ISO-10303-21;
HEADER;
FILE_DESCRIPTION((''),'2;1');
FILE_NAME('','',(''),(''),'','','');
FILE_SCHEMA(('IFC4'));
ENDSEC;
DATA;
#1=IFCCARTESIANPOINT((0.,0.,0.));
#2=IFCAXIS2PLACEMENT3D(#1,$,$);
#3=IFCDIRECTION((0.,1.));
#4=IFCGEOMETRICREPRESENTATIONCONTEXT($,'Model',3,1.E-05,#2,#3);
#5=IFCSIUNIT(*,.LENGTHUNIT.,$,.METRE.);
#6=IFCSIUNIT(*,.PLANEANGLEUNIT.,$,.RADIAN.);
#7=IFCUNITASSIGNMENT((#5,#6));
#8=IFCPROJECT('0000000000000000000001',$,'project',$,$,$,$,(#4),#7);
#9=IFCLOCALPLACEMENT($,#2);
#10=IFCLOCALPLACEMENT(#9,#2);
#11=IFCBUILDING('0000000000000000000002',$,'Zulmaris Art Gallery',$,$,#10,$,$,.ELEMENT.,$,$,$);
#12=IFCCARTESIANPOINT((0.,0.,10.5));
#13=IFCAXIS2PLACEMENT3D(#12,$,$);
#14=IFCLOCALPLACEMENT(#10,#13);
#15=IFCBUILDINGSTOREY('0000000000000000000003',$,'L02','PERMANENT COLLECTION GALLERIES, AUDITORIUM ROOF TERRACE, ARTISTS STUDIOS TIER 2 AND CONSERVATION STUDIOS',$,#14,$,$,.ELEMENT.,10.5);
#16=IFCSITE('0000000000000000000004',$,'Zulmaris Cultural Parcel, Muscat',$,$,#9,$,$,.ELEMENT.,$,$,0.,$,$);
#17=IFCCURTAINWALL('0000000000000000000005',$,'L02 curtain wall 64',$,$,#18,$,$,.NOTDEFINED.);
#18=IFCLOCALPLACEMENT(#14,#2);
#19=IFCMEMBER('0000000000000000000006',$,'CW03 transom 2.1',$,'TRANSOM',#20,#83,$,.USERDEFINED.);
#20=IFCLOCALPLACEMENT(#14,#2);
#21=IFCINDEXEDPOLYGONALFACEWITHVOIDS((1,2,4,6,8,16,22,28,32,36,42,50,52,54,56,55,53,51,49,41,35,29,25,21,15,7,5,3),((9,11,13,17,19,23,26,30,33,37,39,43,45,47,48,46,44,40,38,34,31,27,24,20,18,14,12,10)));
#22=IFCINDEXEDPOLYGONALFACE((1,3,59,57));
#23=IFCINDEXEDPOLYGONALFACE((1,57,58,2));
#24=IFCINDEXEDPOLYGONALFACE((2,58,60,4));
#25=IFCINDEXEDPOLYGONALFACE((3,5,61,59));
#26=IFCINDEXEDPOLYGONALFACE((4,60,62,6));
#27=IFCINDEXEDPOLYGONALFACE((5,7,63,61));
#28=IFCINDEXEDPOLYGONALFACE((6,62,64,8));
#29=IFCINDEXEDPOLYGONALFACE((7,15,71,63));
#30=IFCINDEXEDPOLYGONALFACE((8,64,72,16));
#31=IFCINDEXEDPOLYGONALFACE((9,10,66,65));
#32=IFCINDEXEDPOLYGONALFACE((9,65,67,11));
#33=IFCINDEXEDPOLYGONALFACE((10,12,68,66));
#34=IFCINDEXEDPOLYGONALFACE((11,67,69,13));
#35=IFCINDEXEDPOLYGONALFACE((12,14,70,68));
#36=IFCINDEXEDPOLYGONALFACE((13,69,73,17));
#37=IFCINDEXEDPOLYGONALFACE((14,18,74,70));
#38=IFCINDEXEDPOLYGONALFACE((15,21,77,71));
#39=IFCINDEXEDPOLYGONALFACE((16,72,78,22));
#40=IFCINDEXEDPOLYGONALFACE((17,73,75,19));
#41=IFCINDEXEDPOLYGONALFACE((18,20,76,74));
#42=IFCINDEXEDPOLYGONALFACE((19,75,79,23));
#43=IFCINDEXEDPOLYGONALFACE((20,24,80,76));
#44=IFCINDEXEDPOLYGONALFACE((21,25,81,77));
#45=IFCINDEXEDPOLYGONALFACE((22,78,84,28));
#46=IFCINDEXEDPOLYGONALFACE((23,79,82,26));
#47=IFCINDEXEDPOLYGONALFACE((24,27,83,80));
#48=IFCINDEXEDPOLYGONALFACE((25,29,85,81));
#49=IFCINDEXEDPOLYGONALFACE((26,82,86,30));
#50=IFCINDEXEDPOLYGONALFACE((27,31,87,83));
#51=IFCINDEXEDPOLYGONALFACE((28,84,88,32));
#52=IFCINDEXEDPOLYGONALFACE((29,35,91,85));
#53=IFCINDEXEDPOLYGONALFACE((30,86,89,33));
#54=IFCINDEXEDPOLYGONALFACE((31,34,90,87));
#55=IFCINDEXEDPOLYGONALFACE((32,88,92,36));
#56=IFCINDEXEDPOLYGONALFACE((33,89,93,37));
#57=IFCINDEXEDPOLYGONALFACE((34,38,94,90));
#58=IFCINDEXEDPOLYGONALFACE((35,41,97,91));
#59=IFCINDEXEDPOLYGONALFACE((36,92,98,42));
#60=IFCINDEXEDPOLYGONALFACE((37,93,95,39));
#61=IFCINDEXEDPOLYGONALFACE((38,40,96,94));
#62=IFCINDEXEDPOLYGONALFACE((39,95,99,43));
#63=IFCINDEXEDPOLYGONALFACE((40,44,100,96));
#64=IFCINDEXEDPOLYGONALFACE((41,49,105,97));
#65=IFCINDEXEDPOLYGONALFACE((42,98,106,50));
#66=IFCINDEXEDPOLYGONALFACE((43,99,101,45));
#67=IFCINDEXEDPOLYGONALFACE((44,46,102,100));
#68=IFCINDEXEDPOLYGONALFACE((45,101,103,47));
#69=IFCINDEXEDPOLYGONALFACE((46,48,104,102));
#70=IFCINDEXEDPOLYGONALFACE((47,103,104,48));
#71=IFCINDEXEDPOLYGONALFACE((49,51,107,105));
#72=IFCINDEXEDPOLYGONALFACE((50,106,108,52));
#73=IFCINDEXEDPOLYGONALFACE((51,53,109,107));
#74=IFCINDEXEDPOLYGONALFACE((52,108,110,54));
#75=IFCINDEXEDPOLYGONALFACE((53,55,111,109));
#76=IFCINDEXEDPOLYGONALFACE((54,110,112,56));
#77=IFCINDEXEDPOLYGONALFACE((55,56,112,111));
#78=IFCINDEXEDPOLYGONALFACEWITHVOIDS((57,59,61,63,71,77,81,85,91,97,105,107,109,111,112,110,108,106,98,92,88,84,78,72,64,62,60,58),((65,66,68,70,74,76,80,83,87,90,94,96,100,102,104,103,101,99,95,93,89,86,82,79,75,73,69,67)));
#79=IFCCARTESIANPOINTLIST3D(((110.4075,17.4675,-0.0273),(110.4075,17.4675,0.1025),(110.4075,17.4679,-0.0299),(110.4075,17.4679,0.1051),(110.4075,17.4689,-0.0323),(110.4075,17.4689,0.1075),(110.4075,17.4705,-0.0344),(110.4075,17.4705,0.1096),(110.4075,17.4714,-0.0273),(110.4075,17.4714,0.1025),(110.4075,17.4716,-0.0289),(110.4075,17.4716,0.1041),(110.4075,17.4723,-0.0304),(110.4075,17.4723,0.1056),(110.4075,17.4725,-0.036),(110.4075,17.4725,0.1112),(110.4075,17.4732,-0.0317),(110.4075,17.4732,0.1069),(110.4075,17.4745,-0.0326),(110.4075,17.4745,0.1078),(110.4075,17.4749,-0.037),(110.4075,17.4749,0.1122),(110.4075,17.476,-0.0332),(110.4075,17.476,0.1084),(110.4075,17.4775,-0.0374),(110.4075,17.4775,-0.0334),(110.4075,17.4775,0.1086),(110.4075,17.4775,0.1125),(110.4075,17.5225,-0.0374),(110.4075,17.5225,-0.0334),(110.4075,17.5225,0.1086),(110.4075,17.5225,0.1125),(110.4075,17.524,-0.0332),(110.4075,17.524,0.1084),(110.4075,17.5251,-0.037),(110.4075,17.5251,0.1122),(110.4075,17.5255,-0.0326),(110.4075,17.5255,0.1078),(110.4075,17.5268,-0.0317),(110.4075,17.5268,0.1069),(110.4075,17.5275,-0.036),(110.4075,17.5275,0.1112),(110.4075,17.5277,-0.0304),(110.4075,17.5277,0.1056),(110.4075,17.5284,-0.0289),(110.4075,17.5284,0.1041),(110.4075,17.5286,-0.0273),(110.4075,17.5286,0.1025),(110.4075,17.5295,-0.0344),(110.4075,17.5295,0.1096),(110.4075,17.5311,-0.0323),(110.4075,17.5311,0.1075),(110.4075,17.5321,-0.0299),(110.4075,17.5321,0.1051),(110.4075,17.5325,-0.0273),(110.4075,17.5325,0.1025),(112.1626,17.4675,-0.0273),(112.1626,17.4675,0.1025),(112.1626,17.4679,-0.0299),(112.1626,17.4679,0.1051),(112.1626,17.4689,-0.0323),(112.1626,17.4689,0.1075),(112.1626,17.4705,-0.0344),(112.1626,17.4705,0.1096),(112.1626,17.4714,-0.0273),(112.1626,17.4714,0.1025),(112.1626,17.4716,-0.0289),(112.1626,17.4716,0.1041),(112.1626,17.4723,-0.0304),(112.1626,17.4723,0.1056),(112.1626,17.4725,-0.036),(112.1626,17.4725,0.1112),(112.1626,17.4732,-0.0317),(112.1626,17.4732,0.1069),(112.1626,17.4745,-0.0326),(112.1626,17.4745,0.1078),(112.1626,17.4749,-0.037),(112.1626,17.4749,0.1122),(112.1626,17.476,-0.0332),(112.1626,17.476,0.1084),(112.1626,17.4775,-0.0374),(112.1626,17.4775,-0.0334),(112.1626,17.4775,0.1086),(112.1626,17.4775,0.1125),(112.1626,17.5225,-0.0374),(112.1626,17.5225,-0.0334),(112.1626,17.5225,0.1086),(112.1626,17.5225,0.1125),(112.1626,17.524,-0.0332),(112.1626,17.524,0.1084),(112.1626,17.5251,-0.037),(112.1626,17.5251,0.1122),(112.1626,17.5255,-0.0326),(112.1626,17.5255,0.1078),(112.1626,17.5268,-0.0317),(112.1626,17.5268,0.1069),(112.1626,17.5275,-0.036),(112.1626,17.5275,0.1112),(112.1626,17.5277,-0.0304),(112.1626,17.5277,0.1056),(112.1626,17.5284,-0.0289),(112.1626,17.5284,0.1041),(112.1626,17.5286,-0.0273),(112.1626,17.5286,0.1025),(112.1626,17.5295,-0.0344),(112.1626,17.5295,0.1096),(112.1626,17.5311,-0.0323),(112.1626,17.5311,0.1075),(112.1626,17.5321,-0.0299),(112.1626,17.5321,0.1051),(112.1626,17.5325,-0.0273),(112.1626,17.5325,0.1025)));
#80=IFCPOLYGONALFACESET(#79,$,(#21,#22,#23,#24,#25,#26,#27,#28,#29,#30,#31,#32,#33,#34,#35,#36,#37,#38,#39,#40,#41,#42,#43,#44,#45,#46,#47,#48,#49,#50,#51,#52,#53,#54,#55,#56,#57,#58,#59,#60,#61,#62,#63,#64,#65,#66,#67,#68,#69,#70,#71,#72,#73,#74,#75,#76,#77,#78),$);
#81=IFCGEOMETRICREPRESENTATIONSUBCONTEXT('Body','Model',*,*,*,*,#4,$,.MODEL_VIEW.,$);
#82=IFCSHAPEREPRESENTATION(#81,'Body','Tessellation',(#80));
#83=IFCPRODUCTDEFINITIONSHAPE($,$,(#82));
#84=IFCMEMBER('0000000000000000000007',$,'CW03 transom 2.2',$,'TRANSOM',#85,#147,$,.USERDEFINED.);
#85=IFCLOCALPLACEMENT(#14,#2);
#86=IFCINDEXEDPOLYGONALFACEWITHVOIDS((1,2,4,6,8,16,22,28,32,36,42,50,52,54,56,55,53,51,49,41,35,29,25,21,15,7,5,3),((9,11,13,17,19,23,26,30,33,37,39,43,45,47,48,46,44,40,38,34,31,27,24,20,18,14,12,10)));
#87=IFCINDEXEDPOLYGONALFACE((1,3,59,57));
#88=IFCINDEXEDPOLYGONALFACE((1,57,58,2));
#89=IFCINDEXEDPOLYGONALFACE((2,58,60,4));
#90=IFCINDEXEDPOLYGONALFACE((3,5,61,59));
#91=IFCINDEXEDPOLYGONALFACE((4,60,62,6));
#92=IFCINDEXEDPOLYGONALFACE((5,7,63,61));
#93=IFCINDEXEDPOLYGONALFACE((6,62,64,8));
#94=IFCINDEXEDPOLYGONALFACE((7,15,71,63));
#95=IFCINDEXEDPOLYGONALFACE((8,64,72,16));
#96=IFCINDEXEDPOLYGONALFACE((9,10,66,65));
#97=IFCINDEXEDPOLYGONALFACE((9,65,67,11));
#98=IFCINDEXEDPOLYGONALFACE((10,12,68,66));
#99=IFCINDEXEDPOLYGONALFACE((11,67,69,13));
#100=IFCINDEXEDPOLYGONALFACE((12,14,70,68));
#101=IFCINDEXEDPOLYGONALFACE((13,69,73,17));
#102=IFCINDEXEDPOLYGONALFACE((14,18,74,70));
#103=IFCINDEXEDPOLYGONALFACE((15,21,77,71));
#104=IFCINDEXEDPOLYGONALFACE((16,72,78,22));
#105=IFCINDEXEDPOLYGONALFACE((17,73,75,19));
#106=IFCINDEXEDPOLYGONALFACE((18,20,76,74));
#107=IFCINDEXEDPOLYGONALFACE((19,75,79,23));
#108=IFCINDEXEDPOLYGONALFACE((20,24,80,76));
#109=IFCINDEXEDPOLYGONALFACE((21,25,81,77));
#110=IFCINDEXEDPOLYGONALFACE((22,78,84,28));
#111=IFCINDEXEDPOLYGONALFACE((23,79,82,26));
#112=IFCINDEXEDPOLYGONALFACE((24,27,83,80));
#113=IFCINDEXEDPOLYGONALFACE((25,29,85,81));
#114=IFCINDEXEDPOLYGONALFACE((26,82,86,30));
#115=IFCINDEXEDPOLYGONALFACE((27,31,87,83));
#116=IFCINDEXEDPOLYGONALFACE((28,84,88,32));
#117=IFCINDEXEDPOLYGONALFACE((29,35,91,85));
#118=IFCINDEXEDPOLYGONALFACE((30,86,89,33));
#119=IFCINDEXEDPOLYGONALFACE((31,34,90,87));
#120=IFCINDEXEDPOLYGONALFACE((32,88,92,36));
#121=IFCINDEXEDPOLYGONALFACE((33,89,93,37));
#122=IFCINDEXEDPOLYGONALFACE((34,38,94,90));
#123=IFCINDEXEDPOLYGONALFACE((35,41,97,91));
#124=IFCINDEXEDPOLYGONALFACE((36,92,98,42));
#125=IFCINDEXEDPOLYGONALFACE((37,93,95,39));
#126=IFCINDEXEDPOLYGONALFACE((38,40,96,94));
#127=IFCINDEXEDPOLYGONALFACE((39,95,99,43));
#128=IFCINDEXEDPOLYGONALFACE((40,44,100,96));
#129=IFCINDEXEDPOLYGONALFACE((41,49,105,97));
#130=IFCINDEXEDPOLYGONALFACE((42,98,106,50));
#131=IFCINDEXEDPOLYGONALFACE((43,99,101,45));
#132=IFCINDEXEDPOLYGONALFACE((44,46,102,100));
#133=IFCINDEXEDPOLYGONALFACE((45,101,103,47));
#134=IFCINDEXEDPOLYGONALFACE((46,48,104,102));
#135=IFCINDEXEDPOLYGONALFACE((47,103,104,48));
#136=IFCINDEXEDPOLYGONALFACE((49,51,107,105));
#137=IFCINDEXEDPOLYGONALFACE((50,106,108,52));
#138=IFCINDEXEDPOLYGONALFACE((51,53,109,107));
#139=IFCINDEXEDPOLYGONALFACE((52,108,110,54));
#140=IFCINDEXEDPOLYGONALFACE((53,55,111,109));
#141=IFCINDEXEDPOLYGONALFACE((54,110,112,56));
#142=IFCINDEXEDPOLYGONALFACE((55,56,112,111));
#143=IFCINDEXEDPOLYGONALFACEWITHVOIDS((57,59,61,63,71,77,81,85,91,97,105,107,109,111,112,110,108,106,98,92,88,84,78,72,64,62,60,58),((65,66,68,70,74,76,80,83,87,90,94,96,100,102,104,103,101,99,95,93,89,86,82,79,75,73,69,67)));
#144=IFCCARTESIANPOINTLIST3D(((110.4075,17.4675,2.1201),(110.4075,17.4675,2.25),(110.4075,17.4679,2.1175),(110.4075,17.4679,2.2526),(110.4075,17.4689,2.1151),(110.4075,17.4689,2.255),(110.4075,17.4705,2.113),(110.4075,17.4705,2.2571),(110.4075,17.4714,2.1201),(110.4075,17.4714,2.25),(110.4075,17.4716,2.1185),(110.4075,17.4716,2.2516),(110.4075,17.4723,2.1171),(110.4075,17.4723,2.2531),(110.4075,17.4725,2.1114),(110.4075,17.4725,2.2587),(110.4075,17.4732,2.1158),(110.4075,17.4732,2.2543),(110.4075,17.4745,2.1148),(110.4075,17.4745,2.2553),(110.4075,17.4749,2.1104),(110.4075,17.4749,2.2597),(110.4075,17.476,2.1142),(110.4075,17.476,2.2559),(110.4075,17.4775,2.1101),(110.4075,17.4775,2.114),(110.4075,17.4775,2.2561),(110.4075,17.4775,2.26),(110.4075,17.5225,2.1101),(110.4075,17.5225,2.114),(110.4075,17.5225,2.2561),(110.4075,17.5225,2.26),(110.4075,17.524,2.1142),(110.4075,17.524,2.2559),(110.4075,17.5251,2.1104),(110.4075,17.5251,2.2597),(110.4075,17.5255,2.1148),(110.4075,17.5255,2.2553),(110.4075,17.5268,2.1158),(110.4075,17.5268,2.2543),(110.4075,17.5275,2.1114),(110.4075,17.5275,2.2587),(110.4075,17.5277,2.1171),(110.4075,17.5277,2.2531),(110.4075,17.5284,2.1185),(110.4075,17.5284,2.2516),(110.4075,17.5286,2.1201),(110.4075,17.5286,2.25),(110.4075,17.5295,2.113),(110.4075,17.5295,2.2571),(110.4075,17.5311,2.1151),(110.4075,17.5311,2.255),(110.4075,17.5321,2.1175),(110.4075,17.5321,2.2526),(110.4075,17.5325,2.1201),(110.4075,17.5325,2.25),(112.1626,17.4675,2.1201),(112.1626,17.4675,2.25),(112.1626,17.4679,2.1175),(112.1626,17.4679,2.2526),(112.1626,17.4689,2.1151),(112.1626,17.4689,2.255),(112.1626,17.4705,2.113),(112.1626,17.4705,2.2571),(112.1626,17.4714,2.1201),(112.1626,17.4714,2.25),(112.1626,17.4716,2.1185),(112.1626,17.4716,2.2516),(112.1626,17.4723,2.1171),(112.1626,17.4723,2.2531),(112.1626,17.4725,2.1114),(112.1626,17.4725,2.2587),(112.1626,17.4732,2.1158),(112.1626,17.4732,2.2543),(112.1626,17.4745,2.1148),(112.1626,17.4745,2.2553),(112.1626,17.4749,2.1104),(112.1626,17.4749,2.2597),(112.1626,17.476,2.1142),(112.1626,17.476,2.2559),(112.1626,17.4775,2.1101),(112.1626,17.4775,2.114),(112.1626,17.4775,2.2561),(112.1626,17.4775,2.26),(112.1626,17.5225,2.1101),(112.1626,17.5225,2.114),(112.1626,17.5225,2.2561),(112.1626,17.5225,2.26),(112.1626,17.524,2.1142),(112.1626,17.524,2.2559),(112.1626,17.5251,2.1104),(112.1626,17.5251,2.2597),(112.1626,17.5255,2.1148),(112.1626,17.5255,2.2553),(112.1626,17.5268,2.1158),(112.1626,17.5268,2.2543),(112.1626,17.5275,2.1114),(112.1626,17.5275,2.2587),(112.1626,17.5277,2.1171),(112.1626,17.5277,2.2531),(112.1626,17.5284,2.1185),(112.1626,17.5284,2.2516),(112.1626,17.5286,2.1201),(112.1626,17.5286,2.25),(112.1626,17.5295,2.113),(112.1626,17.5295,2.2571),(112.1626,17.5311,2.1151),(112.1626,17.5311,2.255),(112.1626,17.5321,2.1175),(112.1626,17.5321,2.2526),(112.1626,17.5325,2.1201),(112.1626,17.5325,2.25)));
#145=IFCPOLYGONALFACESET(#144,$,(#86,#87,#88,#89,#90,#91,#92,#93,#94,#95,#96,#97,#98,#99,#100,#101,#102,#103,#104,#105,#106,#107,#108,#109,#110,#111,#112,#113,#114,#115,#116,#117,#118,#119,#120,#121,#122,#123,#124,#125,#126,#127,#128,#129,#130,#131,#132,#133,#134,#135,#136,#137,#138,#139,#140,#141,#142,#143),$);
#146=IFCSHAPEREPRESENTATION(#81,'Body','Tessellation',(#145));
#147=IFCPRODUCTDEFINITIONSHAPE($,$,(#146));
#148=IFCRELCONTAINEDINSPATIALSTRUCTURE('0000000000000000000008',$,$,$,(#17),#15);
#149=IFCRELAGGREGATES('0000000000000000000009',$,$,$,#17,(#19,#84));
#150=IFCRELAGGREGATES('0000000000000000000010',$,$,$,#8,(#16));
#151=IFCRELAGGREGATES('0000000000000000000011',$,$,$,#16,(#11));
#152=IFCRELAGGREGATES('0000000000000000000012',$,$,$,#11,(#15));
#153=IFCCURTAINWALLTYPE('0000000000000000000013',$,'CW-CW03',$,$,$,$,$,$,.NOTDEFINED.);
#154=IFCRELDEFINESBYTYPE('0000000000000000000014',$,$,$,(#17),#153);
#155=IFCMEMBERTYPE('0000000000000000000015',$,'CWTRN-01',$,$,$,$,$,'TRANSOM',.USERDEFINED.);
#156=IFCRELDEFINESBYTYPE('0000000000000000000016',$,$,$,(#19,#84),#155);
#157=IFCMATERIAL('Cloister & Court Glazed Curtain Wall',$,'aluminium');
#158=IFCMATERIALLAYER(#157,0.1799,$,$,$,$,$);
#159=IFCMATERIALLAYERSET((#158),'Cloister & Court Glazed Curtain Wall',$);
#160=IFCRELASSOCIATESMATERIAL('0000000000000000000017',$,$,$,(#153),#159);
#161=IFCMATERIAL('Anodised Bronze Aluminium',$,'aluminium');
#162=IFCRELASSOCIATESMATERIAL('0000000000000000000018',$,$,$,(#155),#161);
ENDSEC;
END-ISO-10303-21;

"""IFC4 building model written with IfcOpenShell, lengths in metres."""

from ifc_helpers import new_model, si_unit, direction, frame, origin, origin_2d, place, context, subcontext, project, spatial, hollow_rectangle, extrude, material, layer, layer_set, material_profile, profile_set, type_object, element, aggregate, save


model = new_model("IFC4")

# Units and contexts
model_context = context("Model", 3, precision=1e-05, world=origin(), true_north=direction((0.0, 1.0)))
body_context = subcontext(model_context, "Body", "Model", "MODEL_VIEW")
ifc_project = project(units=[si_unit("LENGTHUNIT", "METRE"), si_unit("PLANEANGLEUNIT", "RADIAN")], contexts=[model_context])

# Site, building, storey
site_placement = place(None, origin())
site = spatial("IfcSite", under=ifc_project, at=site_placement, Name="Zulmaris Cultural Parcel, Muscat", CompositionType="ELEMENT", RefElevation=0.0)
building_placement = place(site_placement, origin())
building = spatial("IfcBuilding", under=site, at=building_placement, Name="Zulmaris Art Gallery", CompositionType="ELEMENT")
storey_placement = place(building_placement, frame((0.0, 0.0, 10.5)))
storey = spatial("IfcBuildingStorey", under=building, at=storey_placement, Name="L02", Description="PERMANENT COLLECTION GALLERIES, AUDITORIUM ROOF TERRACE, ARTISTS STUDIOS TIER 2 AND CONSERVATION STUDIOS", CompositionType="ELEMENT", Elevation=10.5)

# Shared definitions
ifc_material_1 = material(Name="Cloister & Court Glazed Curtain Wall", Category="aluminium")
ifc_layer_1 = layer(ifc_material_1, 0.1799)
ifc_layer_set_1 = layer_set([ifc_layer_1], Name="Cloister & Court Glazed Curtain Wall")
curtain_wall_type = type_object("IfcCurtainWallType", Name="CW-CW03", PredefinedType="NOTDEFINED", material=ifc_layer_set_1)
ifc_material_2 = material(Name="Anodised Bronze Aluminium", Category="aluminium")

# Curtain wall
curtain_wall_1_placement = place(storey_placement, origin())
curtain_wall_1 = element("IfcCurtainWall", 1, at=curtain_wall_1_placement, inside=storey, type_object=curtain_wall_type, Name="L02 curtain wall 64", PredefinedType="NOTDEFINED")

# Members
ifc_material_profile_1 = material_profile(ifc_material_2, hollow_rectangle(XDim=0.0649, YDim=0.1499, WallThickness=0.0039, InnerFilletRadius=0.0061, OuterFilletRadius=0.01, at=origin_2d()), Name="ALU 65x150x4")
ifc_profile_set_1 = profile_set([ifc_material_profile_1], Name="Anodised Bronze Aluminium")
member_type_1 = type_object("IfcMemberType", Name="CWTRN-01", ElementType="TRANSOM", PredefinedType="USERDEFINED", material=ifc_profile_set_1)
member_1_placement = place(storey_placement, frame((110.4075, 17.5, 0.0376), z_axis=(1.0, 0.0, 0.0), x_axis=(0.0, 1.0, 0.0)))
member_1 = element("IfcMember", 2, at=member_1_placement, type_object=member_type_1, Name="CW03 transom 2.1", ObjectType="TRANSOM", PredefinedType="USERDEFINED", context=body_context, shape_type="SweptSolid", body=[
    extrude(hollow_rectangle(XDim=0.0649, YDim=0.1499, WallThickness=0.0039, InnerFilletRadius=0.0061, OuterFilletRadius=0.01, at=origin_2d()), origin(), (0.0, 0.0, 1.0), 1.7551),
])
member_2_placement = place(storey_placement, frame((110.4075, 17.5, 2.1851), z_axis=(1.0, 0.0, 0.0), x_axis=(0.0, 1.0, 0.0)))
member_2 = element("IfcMember", 3, at=member_2_placement, type_object=member_type_1, Name="CW03 transom 2.2", ObjectType="TRANSOM", PredefinedType="USERDEFINED", context=body_context, shape_type="SweptSolid", body=[
    extrude(hollow_rectangle(XDim=0.0649, YDim=0.1499, WallThickness=0.0039, InnerFilletRadius=0.0061, OuterFilletRadius=0.01, at=origin_2d()), origin(), (0.0, 0.0, 1.0), 1.7551),
])

aggregate(curtain_wall_1, [member_1, member_2])

save(model, "model.ifc")
